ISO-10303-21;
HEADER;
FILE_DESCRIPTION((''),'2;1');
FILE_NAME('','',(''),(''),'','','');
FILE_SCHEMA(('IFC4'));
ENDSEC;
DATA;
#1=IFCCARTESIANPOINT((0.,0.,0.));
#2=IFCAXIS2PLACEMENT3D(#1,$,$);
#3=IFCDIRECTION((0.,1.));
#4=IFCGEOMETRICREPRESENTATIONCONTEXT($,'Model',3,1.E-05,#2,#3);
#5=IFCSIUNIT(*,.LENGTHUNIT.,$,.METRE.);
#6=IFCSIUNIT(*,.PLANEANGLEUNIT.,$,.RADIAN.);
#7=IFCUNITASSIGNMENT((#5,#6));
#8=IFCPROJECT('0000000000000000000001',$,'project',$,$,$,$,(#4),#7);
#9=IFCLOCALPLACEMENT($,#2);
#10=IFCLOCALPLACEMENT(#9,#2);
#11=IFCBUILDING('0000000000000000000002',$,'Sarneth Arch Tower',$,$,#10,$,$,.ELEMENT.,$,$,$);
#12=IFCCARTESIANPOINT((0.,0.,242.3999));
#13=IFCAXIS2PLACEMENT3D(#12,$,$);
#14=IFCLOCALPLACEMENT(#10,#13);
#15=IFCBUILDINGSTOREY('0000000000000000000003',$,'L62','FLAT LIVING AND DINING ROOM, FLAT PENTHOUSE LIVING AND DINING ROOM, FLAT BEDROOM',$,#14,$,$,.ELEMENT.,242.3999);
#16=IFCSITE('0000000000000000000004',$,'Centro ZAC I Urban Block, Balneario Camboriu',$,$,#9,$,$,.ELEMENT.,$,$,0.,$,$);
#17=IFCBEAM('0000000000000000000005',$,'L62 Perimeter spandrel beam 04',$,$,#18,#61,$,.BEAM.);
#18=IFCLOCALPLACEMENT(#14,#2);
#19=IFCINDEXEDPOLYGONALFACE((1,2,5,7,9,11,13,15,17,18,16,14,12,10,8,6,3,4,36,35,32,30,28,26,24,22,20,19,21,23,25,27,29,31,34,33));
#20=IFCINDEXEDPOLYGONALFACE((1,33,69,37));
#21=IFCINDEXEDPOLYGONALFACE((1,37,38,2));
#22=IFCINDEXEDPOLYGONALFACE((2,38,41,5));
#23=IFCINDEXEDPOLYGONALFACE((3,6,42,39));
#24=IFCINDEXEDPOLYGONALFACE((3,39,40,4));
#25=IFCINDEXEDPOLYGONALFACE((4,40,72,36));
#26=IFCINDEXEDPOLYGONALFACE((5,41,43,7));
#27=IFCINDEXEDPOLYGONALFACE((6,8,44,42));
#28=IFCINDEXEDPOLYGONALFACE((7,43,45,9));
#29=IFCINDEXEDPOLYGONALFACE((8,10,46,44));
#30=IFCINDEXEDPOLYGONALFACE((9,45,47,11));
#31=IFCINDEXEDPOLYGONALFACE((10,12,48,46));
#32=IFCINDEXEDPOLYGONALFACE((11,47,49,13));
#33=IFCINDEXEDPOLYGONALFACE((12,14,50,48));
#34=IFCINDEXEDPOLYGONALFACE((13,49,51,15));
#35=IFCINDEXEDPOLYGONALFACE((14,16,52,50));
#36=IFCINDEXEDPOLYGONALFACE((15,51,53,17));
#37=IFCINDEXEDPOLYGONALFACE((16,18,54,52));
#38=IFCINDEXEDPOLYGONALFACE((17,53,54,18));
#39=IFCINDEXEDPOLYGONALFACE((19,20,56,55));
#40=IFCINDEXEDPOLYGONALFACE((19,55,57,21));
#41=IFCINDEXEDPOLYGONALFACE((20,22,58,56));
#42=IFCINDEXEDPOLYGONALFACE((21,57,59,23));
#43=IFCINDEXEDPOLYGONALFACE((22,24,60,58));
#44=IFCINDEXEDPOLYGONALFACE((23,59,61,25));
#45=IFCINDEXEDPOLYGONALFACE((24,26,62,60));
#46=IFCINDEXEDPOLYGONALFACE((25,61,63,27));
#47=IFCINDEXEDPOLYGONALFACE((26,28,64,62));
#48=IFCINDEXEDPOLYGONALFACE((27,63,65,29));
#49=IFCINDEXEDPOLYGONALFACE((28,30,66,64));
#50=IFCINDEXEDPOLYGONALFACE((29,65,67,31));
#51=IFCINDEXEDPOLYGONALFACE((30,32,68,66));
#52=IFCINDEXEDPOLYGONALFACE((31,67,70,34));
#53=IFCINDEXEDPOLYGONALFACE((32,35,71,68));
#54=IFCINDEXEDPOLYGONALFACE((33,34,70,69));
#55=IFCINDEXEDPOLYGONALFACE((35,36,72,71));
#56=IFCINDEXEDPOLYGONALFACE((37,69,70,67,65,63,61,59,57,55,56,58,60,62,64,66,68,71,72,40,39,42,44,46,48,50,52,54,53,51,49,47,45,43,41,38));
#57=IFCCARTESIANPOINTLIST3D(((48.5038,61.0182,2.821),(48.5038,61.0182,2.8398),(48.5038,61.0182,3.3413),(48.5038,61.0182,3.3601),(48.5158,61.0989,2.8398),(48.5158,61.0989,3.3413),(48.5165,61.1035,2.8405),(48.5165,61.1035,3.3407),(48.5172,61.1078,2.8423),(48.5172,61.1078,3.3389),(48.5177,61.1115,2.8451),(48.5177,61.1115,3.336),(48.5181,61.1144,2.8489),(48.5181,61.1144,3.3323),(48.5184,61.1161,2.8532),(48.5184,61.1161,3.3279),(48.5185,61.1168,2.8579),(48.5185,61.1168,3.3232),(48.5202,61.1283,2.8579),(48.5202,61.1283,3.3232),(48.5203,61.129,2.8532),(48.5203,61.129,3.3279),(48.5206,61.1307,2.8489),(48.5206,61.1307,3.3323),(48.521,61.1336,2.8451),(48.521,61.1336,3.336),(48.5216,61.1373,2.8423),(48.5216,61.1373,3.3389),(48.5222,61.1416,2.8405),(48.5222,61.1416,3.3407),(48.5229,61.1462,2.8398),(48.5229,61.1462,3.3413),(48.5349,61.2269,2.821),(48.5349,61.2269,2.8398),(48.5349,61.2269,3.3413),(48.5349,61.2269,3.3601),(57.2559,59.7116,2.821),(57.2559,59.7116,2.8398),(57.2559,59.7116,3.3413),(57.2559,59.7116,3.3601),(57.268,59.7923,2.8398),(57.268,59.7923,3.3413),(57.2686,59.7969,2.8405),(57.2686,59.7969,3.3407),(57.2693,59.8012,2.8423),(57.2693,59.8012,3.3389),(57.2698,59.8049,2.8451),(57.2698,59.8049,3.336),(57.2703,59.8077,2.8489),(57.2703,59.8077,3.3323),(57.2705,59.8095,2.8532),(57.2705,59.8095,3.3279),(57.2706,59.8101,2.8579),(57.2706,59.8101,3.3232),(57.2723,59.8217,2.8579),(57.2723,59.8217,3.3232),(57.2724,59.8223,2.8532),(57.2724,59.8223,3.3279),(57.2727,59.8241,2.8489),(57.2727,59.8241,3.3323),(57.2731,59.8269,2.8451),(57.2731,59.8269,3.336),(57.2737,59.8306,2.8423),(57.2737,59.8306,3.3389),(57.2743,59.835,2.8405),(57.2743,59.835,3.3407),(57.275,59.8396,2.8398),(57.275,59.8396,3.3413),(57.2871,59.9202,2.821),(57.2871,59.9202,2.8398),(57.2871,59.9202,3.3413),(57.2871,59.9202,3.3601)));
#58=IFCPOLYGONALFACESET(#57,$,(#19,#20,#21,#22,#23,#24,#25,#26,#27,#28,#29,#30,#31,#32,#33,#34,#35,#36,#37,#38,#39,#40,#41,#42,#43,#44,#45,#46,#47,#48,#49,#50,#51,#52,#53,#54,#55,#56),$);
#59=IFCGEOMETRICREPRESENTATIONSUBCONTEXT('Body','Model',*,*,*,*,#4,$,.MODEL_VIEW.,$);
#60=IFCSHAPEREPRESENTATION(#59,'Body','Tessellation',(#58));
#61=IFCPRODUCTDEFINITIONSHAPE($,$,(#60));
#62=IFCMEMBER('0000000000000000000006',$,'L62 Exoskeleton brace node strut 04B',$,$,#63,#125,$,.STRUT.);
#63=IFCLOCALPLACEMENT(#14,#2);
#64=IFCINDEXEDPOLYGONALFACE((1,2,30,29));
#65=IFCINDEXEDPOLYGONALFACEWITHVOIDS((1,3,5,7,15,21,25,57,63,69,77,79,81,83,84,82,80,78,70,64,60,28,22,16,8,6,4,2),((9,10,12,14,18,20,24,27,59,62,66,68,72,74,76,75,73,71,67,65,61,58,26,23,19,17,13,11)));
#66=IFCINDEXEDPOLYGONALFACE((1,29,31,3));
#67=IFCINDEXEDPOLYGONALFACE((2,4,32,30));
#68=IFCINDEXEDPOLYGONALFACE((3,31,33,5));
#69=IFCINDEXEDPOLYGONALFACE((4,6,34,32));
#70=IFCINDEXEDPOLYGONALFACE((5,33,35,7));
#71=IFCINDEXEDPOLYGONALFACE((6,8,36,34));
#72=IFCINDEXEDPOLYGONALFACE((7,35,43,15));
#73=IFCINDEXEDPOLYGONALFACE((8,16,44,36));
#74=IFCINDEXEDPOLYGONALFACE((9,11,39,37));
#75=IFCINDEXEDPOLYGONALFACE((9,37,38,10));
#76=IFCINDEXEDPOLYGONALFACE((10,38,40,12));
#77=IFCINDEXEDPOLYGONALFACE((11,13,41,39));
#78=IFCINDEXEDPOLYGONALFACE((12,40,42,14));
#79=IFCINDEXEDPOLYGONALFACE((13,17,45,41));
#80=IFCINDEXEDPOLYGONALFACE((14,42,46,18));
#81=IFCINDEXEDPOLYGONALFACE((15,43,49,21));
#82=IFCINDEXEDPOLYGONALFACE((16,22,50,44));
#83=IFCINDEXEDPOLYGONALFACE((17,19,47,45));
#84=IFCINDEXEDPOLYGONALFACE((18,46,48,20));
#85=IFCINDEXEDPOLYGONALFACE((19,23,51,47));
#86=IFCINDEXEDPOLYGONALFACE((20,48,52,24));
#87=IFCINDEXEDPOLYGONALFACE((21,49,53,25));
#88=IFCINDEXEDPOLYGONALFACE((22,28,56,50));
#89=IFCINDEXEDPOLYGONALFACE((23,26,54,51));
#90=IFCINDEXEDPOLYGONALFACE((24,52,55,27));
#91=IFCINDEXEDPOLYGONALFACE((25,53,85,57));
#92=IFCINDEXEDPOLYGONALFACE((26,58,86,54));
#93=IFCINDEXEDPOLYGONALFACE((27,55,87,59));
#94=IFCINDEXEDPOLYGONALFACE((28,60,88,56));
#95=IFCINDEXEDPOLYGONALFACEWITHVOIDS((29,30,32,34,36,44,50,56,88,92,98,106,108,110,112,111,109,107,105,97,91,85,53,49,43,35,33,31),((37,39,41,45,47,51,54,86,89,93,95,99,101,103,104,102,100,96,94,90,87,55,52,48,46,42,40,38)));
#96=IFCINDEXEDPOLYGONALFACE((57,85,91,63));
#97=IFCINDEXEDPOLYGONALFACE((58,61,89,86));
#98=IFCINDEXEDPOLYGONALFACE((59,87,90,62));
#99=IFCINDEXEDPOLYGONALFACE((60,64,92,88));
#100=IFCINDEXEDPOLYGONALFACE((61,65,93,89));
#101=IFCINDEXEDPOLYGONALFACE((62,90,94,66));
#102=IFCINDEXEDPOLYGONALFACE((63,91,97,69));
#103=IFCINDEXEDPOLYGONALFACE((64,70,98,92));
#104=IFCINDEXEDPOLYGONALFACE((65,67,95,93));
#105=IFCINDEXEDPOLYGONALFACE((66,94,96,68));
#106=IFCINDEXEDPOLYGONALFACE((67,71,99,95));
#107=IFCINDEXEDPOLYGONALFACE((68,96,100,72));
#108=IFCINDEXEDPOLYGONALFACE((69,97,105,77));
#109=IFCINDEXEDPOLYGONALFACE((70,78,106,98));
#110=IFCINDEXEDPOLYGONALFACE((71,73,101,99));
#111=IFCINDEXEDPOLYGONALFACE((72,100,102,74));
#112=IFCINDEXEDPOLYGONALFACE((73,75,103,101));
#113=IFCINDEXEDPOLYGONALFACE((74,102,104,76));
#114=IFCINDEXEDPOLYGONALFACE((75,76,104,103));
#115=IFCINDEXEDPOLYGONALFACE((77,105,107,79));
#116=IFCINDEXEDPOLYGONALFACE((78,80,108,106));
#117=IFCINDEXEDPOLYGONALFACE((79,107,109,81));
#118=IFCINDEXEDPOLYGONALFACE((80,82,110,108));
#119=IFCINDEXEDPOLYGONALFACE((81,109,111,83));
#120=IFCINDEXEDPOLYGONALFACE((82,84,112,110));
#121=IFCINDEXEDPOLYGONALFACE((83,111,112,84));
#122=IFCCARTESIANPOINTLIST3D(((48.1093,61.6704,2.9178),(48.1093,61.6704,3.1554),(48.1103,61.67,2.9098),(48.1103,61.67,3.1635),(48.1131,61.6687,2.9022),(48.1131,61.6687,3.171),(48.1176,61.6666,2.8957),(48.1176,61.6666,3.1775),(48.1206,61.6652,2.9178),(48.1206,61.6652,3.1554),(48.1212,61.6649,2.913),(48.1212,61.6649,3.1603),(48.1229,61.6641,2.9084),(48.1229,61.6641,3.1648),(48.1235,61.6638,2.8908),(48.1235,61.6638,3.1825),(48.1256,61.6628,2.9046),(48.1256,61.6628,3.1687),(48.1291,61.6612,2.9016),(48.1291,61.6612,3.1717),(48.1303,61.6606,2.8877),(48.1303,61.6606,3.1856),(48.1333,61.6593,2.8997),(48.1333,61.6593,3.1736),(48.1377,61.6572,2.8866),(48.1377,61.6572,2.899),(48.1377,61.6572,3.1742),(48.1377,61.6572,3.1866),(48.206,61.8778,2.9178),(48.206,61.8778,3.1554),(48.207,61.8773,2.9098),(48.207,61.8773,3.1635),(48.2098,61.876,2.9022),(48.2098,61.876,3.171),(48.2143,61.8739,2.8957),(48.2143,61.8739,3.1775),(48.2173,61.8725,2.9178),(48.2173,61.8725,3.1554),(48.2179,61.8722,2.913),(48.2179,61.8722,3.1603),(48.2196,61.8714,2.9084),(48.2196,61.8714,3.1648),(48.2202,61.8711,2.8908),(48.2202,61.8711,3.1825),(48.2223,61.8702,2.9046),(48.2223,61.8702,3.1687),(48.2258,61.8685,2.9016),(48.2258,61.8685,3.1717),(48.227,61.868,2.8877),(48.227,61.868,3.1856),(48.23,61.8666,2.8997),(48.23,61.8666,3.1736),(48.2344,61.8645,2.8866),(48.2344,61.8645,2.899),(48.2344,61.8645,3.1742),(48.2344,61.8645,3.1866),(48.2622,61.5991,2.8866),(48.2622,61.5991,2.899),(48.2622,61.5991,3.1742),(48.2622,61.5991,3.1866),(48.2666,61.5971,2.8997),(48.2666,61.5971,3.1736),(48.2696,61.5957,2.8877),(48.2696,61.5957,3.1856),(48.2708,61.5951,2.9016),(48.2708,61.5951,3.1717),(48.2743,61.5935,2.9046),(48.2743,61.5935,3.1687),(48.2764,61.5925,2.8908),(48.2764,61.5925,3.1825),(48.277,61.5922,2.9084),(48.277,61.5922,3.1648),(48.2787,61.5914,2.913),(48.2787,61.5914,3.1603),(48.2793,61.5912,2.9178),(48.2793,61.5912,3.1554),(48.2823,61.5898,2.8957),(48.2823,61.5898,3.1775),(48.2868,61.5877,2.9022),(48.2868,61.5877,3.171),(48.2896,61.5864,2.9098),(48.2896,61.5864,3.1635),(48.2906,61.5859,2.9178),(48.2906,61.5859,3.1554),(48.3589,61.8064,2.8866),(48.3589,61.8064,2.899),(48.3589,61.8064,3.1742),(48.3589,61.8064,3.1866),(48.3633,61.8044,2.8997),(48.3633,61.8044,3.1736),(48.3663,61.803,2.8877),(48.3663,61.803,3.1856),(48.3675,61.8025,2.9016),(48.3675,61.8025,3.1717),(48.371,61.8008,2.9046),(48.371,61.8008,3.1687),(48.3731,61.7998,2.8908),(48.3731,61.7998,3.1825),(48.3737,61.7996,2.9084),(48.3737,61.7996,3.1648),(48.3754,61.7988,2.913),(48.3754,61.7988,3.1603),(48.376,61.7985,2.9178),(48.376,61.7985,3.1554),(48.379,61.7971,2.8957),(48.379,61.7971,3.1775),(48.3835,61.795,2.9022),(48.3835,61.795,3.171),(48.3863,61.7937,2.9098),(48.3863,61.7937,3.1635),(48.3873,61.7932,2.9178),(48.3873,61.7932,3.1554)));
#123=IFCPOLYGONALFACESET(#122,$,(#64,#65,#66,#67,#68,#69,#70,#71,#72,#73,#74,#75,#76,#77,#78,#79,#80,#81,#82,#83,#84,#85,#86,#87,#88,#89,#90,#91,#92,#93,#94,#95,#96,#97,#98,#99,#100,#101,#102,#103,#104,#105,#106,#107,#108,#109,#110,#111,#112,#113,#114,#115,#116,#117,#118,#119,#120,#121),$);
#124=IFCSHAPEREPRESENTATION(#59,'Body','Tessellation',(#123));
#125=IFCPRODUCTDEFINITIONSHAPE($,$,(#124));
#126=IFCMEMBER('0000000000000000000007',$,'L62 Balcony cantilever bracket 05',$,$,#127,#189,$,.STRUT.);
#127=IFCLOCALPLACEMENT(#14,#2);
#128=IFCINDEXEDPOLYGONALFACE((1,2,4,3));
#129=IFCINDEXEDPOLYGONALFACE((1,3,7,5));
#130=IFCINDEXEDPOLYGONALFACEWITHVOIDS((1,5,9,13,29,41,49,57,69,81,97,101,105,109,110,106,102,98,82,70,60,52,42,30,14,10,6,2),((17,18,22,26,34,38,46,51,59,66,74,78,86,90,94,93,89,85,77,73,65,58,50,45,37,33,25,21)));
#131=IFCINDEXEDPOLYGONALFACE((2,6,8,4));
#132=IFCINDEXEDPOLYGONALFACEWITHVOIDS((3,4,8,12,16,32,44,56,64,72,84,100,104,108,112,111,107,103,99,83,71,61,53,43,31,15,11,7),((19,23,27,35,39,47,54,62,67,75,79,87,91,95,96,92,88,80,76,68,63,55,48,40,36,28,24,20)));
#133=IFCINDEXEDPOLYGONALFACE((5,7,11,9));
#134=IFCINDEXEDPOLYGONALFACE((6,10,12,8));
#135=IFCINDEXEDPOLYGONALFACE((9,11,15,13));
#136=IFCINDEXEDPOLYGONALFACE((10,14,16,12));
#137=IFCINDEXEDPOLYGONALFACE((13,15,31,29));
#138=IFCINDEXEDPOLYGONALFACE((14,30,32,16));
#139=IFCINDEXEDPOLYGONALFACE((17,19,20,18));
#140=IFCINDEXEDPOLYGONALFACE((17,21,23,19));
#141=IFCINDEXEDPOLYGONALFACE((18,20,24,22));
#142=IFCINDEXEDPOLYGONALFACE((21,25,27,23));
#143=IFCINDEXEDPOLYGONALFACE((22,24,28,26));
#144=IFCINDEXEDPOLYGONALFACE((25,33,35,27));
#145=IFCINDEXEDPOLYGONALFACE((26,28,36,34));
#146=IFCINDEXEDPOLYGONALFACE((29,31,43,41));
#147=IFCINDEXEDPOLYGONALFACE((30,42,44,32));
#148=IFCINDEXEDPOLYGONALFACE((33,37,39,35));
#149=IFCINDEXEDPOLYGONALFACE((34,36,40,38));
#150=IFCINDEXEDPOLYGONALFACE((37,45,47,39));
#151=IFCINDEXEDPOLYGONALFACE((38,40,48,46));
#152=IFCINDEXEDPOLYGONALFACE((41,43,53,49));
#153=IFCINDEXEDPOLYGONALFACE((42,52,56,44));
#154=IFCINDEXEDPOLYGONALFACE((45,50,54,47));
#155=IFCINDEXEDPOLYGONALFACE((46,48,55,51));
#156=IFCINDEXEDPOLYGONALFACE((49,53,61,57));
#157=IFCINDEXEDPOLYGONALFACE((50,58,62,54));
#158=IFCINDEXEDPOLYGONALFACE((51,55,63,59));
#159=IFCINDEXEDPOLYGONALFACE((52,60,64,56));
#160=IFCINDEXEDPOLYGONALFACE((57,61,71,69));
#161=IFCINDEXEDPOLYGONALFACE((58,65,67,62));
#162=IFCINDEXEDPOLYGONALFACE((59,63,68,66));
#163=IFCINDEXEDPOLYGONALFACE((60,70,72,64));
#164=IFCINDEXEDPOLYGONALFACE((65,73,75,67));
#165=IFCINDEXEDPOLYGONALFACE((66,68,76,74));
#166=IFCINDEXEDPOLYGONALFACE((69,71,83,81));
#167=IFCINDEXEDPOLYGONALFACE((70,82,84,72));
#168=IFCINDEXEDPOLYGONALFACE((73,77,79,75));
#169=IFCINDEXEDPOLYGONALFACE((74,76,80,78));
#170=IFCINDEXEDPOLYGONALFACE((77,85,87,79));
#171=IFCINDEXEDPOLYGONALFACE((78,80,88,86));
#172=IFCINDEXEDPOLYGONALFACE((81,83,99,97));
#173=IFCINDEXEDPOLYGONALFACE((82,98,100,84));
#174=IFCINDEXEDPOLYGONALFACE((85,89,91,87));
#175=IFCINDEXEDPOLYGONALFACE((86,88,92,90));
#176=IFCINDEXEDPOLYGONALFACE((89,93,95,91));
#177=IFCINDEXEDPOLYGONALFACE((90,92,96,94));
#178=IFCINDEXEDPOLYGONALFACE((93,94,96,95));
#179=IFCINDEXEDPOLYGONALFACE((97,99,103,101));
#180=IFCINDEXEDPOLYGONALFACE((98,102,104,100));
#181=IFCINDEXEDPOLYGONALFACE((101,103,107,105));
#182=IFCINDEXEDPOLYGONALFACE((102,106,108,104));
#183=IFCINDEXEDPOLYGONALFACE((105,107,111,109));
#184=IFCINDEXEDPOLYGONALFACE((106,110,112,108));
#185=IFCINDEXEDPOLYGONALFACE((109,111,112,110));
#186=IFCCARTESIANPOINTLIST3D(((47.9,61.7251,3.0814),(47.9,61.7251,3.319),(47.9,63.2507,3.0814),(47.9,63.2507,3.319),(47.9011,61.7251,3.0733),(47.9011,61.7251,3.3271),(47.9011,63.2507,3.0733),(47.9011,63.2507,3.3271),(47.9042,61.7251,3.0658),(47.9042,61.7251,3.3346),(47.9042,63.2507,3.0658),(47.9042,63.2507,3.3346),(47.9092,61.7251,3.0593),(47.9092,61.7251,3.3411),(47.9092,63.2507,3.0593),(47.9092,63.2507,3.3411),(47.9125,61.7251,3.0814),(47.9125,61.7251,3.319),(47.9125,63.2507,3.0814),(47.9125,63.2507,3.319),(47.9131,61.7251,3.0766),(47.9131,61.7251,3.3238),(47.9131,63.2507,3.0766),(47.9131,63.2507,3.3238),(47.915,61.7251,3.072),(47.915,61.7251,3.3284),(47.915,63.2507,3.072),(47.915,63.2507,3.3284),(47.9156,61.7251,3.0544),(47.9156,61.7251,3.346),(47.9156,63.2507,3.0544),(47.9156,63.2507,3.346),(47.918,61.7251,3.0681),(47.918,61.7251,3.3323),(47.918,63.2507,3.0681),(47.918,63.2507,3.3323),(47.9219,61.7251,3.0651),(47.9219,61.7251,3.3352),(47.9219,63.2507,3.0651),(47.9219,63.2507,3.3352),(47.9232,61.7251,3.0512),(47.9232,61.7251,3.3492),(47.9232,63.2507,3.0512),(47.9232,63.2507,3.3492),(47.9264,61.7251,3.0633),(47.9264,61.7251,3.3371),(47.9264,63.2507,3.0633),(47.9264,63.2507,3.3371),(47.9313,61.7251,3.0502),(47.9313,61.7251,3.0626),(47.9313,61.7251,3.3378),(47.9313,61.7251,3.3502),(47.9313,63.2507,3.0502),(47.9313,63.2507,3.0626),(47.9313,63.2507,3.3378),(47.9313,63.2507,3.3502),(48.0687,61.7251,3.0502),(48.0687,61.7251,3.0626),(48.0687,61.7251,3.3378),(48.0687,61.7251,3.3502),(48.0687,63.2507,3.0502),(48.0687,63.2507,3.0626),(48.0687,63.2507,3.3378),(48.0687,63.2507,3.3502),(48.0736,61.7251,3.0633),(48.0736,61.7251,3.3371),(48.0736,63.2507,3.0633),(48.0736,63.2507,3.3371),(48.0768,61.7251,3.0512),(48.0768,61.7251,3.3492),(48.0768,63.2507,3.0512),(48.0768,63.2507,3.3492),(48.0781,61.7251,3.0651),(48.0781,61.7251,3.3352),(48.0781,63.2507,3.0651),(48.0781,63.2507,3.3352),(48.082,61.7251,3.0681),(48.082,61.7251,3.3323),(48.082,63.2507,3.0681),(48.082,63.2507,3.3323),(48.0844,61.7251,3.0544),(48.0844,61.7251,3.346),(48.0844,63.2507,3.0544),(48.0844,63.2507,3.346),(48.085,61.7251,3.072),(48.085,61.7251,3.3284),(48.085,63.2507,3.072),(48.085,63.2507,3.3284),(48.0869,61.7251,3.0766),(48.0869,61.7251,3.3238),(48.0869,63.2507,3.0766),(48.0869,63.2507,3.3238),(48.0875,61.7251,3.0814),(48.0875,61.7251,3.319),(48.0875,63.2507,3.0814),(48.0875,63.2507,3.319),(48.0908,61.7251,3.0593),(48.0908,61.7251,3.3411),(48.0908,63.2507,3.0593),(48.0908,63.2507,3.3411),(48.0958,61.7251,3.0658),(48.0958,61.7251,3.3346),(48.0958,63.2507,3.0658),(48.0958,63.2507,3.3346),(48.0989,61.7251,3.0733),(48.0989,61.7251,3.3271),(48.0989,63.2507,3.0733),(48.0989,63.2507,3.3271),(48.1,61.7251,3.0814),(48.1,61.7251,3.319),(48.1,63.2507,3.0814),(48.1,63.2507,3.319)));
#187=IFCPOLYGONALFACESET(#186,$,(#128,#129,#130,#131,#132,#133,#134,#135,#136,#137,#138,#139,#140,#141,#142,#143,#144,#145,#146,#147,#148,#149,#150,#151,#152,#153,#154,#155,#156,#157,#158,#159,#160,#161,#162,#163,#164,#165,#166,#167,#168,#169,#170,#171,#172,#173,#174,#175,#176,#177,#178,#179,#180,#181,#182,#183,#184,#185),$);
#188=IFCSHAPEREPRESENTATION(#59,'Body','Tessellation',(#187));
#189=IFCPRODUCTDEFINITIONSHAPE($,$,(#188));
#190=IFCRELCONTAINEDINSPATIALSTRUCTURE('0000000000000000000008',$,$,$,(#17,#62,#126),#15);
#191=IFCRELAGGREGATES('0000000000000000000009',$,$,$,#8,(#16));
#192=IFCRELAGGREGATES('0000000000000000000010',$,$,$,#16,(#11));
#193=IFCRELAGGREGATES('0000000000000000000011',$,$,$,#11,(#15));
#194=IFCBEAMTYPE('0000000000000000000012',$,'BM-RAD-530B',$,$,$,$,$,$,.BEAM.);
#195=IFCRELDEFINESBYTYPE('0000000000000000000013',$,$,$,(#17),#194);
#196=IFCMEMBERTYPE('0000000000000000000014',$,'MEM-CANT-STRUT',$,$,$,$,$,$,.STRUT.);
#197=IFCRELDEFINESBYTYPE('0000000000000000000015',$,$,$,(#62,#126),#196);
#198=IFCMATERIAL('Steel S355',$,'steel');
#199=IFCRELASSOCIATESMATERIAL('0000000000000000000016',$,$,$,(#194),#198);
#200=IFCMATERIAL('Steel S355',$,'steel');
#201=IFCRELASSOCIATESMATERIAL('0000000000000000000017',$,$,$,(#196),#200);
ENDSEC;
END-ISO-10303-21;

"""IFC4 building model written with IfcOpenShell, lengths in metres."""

from ifc_helpers import new_model, si_unit, direction, frame, origin, origin_2d, place, context, subcontext, project, spatial, hollow_rectangle, i_section, extrude, material, material_profile, profile_set, type_object, element, save


model = new_model("IFC4")

# Units and contexts
model_context = context("Model", 3, precision=1e-05, world=origin(), true_north=direction((0.0, 1.0)))
body_context = subcontext(model_context, "Body", "Model", "MODEL_VIEW")
ifc_project = project(units=[si_unit("LENGTHUNIT", "METRE"), si_unit("PLANEANGLEUNIT", "RADIAN")], contexts=[model_context])

# Site, building, storey
site_placement = place(None, origin())
site = spatial("IfcSite", under=ifc_project, at=site_placement, Name="Centro ZAC I Urban Block, Balneario Camboriu", CompositionType="ELEMENT", RefElevation=0.0)
building_placement = place(site_placement, origin())
building = spatial("IfcBuilding", under=site, at=building_placement, Name="Sarneth Arch Tower", CompositionType="ELEMENT")
storey_placement = place(building_placement, frame((0.0, 0.0, 242.3999)))
storey = spatial("IfcBuildingStorey", under=building, at=storey_placement, Name="L62", Description="FLAT LIVING AND DINING ROOM, FLAT PENTHOUSE LIVING AND DINING ROOM, FLAT BEDROOM", CompositionType="ELEMENT", Elevation=242.3999)

# Beam
ifc_material_1 = material(Name="Steel S355", Category="steel")
ifc_material_profile_1 = material_profile(ifc_material_1, i_section(OverallWidth=0.2109, OverallDepth=0.5391, WebThickness=0.0117, FlangeThickness=0.0188, FilletRadius=0.0181, at=origin_2d()), Name="W530x109")
ifc_profile_set_1 = profile_set([ifc_material_profile_1], Name="Steel S355")
beam_type = type_object("IfcBeamType", Name="BM-RAD-530B", PredefinedType="BEAM", material=ifc_profile_set_1)
beam_placement = place(storey_placement, frame((57.2715, 59.8159, 3.0906), z_axis=(-0.989039, 0.147656, 0.0), x_axis=(-0.147656, -0.989039, 0.0)))
element("IfcBeam", 1, at=beam_placement, inside=storey, type_object=beam_type, Name="L62 Perimeter spandrel beam 04", PredefinedType="BEAM", context=body_context, shape_type="SweptSolid", body=[
    extrude(i_section(OverallWidth=0.2109, OverallDepth=0.5391, WebThickness=0.0117, FlangeThickness=0.0188, FilletRadius=0.0181, at=origin_2d()), origin(), (0.0, 0.0, 1.0), 8.8491),
])

# Members
ifc_material_2 = material(Name="Steel S355", Category="steel")
ifc_material_profile_2 = material_profile(ifc_material_2, hollow_rectangle(XDim=0.2, YDim=0.3, WallThickness=0.0125, InnerFilletRadius=0.0188, OuterFilletRadius=0.0312, at=origin_2d()), Name="RHS300x200x12.5")
ifc_profile_set_2 = profile_set([ifc_material_profile_2], Name="Steel S355")
member_type_1 = type_object("IfcMemberType", Name="MEM-CANT-STRUT", PredefinedType="STRUT", material=ifc_profile_set_2)
member_1_placement = place(storey_placement, frame((48.2, 61.6282, 3.0366), z_axis=(0.42271, 0.906265, 0.0), x_axis=(-0.906265, 0.42271, 0.0)))
element("IfcMember", 2, at=member_1_placement, inside=storey, type_object=member_type_1, Name="L62 Exoskeleton brace node strut 04B", PredefinedType="STRUT", context=body_context, shape_type="SweptSolid", body=[
    extrude(hollow_rectangle(XDim=0.2, YDim=0.3, WallThickness=0.0125, InnerFilletRadius=0.0188, OuterFilletRadius=0.0312, at=origin_2d()), origin(), (0.0, 0.0, 1.0), 0.2288),
])
member_2_placement = place(storey_placement, frame((48.0, 61.7251, 3.2002), z_axis=(0.0, 1.0, 0.0), x_axis=(-1.0, 0.0, 0.0)))
element("IfcMember", 3, at=member_2_placement, inside=storey, type_object=member_type_1, Name="L62 Balcony cantilever bracket 05", PredefinedType="STRUT", context=body_context, shape_type="SweptSolid", body=[
    extrude(hollow_rectangle(XDim=0.2, YDim=0.3, WallThickness=0.0125, InnerFilletRadius=0.0188, OuterFilletRadius=0.0312, at=origin_2d()), origin(), (0.0, 0.0, 1.0), 1.5256),
])

save(model, "model.ifc")
